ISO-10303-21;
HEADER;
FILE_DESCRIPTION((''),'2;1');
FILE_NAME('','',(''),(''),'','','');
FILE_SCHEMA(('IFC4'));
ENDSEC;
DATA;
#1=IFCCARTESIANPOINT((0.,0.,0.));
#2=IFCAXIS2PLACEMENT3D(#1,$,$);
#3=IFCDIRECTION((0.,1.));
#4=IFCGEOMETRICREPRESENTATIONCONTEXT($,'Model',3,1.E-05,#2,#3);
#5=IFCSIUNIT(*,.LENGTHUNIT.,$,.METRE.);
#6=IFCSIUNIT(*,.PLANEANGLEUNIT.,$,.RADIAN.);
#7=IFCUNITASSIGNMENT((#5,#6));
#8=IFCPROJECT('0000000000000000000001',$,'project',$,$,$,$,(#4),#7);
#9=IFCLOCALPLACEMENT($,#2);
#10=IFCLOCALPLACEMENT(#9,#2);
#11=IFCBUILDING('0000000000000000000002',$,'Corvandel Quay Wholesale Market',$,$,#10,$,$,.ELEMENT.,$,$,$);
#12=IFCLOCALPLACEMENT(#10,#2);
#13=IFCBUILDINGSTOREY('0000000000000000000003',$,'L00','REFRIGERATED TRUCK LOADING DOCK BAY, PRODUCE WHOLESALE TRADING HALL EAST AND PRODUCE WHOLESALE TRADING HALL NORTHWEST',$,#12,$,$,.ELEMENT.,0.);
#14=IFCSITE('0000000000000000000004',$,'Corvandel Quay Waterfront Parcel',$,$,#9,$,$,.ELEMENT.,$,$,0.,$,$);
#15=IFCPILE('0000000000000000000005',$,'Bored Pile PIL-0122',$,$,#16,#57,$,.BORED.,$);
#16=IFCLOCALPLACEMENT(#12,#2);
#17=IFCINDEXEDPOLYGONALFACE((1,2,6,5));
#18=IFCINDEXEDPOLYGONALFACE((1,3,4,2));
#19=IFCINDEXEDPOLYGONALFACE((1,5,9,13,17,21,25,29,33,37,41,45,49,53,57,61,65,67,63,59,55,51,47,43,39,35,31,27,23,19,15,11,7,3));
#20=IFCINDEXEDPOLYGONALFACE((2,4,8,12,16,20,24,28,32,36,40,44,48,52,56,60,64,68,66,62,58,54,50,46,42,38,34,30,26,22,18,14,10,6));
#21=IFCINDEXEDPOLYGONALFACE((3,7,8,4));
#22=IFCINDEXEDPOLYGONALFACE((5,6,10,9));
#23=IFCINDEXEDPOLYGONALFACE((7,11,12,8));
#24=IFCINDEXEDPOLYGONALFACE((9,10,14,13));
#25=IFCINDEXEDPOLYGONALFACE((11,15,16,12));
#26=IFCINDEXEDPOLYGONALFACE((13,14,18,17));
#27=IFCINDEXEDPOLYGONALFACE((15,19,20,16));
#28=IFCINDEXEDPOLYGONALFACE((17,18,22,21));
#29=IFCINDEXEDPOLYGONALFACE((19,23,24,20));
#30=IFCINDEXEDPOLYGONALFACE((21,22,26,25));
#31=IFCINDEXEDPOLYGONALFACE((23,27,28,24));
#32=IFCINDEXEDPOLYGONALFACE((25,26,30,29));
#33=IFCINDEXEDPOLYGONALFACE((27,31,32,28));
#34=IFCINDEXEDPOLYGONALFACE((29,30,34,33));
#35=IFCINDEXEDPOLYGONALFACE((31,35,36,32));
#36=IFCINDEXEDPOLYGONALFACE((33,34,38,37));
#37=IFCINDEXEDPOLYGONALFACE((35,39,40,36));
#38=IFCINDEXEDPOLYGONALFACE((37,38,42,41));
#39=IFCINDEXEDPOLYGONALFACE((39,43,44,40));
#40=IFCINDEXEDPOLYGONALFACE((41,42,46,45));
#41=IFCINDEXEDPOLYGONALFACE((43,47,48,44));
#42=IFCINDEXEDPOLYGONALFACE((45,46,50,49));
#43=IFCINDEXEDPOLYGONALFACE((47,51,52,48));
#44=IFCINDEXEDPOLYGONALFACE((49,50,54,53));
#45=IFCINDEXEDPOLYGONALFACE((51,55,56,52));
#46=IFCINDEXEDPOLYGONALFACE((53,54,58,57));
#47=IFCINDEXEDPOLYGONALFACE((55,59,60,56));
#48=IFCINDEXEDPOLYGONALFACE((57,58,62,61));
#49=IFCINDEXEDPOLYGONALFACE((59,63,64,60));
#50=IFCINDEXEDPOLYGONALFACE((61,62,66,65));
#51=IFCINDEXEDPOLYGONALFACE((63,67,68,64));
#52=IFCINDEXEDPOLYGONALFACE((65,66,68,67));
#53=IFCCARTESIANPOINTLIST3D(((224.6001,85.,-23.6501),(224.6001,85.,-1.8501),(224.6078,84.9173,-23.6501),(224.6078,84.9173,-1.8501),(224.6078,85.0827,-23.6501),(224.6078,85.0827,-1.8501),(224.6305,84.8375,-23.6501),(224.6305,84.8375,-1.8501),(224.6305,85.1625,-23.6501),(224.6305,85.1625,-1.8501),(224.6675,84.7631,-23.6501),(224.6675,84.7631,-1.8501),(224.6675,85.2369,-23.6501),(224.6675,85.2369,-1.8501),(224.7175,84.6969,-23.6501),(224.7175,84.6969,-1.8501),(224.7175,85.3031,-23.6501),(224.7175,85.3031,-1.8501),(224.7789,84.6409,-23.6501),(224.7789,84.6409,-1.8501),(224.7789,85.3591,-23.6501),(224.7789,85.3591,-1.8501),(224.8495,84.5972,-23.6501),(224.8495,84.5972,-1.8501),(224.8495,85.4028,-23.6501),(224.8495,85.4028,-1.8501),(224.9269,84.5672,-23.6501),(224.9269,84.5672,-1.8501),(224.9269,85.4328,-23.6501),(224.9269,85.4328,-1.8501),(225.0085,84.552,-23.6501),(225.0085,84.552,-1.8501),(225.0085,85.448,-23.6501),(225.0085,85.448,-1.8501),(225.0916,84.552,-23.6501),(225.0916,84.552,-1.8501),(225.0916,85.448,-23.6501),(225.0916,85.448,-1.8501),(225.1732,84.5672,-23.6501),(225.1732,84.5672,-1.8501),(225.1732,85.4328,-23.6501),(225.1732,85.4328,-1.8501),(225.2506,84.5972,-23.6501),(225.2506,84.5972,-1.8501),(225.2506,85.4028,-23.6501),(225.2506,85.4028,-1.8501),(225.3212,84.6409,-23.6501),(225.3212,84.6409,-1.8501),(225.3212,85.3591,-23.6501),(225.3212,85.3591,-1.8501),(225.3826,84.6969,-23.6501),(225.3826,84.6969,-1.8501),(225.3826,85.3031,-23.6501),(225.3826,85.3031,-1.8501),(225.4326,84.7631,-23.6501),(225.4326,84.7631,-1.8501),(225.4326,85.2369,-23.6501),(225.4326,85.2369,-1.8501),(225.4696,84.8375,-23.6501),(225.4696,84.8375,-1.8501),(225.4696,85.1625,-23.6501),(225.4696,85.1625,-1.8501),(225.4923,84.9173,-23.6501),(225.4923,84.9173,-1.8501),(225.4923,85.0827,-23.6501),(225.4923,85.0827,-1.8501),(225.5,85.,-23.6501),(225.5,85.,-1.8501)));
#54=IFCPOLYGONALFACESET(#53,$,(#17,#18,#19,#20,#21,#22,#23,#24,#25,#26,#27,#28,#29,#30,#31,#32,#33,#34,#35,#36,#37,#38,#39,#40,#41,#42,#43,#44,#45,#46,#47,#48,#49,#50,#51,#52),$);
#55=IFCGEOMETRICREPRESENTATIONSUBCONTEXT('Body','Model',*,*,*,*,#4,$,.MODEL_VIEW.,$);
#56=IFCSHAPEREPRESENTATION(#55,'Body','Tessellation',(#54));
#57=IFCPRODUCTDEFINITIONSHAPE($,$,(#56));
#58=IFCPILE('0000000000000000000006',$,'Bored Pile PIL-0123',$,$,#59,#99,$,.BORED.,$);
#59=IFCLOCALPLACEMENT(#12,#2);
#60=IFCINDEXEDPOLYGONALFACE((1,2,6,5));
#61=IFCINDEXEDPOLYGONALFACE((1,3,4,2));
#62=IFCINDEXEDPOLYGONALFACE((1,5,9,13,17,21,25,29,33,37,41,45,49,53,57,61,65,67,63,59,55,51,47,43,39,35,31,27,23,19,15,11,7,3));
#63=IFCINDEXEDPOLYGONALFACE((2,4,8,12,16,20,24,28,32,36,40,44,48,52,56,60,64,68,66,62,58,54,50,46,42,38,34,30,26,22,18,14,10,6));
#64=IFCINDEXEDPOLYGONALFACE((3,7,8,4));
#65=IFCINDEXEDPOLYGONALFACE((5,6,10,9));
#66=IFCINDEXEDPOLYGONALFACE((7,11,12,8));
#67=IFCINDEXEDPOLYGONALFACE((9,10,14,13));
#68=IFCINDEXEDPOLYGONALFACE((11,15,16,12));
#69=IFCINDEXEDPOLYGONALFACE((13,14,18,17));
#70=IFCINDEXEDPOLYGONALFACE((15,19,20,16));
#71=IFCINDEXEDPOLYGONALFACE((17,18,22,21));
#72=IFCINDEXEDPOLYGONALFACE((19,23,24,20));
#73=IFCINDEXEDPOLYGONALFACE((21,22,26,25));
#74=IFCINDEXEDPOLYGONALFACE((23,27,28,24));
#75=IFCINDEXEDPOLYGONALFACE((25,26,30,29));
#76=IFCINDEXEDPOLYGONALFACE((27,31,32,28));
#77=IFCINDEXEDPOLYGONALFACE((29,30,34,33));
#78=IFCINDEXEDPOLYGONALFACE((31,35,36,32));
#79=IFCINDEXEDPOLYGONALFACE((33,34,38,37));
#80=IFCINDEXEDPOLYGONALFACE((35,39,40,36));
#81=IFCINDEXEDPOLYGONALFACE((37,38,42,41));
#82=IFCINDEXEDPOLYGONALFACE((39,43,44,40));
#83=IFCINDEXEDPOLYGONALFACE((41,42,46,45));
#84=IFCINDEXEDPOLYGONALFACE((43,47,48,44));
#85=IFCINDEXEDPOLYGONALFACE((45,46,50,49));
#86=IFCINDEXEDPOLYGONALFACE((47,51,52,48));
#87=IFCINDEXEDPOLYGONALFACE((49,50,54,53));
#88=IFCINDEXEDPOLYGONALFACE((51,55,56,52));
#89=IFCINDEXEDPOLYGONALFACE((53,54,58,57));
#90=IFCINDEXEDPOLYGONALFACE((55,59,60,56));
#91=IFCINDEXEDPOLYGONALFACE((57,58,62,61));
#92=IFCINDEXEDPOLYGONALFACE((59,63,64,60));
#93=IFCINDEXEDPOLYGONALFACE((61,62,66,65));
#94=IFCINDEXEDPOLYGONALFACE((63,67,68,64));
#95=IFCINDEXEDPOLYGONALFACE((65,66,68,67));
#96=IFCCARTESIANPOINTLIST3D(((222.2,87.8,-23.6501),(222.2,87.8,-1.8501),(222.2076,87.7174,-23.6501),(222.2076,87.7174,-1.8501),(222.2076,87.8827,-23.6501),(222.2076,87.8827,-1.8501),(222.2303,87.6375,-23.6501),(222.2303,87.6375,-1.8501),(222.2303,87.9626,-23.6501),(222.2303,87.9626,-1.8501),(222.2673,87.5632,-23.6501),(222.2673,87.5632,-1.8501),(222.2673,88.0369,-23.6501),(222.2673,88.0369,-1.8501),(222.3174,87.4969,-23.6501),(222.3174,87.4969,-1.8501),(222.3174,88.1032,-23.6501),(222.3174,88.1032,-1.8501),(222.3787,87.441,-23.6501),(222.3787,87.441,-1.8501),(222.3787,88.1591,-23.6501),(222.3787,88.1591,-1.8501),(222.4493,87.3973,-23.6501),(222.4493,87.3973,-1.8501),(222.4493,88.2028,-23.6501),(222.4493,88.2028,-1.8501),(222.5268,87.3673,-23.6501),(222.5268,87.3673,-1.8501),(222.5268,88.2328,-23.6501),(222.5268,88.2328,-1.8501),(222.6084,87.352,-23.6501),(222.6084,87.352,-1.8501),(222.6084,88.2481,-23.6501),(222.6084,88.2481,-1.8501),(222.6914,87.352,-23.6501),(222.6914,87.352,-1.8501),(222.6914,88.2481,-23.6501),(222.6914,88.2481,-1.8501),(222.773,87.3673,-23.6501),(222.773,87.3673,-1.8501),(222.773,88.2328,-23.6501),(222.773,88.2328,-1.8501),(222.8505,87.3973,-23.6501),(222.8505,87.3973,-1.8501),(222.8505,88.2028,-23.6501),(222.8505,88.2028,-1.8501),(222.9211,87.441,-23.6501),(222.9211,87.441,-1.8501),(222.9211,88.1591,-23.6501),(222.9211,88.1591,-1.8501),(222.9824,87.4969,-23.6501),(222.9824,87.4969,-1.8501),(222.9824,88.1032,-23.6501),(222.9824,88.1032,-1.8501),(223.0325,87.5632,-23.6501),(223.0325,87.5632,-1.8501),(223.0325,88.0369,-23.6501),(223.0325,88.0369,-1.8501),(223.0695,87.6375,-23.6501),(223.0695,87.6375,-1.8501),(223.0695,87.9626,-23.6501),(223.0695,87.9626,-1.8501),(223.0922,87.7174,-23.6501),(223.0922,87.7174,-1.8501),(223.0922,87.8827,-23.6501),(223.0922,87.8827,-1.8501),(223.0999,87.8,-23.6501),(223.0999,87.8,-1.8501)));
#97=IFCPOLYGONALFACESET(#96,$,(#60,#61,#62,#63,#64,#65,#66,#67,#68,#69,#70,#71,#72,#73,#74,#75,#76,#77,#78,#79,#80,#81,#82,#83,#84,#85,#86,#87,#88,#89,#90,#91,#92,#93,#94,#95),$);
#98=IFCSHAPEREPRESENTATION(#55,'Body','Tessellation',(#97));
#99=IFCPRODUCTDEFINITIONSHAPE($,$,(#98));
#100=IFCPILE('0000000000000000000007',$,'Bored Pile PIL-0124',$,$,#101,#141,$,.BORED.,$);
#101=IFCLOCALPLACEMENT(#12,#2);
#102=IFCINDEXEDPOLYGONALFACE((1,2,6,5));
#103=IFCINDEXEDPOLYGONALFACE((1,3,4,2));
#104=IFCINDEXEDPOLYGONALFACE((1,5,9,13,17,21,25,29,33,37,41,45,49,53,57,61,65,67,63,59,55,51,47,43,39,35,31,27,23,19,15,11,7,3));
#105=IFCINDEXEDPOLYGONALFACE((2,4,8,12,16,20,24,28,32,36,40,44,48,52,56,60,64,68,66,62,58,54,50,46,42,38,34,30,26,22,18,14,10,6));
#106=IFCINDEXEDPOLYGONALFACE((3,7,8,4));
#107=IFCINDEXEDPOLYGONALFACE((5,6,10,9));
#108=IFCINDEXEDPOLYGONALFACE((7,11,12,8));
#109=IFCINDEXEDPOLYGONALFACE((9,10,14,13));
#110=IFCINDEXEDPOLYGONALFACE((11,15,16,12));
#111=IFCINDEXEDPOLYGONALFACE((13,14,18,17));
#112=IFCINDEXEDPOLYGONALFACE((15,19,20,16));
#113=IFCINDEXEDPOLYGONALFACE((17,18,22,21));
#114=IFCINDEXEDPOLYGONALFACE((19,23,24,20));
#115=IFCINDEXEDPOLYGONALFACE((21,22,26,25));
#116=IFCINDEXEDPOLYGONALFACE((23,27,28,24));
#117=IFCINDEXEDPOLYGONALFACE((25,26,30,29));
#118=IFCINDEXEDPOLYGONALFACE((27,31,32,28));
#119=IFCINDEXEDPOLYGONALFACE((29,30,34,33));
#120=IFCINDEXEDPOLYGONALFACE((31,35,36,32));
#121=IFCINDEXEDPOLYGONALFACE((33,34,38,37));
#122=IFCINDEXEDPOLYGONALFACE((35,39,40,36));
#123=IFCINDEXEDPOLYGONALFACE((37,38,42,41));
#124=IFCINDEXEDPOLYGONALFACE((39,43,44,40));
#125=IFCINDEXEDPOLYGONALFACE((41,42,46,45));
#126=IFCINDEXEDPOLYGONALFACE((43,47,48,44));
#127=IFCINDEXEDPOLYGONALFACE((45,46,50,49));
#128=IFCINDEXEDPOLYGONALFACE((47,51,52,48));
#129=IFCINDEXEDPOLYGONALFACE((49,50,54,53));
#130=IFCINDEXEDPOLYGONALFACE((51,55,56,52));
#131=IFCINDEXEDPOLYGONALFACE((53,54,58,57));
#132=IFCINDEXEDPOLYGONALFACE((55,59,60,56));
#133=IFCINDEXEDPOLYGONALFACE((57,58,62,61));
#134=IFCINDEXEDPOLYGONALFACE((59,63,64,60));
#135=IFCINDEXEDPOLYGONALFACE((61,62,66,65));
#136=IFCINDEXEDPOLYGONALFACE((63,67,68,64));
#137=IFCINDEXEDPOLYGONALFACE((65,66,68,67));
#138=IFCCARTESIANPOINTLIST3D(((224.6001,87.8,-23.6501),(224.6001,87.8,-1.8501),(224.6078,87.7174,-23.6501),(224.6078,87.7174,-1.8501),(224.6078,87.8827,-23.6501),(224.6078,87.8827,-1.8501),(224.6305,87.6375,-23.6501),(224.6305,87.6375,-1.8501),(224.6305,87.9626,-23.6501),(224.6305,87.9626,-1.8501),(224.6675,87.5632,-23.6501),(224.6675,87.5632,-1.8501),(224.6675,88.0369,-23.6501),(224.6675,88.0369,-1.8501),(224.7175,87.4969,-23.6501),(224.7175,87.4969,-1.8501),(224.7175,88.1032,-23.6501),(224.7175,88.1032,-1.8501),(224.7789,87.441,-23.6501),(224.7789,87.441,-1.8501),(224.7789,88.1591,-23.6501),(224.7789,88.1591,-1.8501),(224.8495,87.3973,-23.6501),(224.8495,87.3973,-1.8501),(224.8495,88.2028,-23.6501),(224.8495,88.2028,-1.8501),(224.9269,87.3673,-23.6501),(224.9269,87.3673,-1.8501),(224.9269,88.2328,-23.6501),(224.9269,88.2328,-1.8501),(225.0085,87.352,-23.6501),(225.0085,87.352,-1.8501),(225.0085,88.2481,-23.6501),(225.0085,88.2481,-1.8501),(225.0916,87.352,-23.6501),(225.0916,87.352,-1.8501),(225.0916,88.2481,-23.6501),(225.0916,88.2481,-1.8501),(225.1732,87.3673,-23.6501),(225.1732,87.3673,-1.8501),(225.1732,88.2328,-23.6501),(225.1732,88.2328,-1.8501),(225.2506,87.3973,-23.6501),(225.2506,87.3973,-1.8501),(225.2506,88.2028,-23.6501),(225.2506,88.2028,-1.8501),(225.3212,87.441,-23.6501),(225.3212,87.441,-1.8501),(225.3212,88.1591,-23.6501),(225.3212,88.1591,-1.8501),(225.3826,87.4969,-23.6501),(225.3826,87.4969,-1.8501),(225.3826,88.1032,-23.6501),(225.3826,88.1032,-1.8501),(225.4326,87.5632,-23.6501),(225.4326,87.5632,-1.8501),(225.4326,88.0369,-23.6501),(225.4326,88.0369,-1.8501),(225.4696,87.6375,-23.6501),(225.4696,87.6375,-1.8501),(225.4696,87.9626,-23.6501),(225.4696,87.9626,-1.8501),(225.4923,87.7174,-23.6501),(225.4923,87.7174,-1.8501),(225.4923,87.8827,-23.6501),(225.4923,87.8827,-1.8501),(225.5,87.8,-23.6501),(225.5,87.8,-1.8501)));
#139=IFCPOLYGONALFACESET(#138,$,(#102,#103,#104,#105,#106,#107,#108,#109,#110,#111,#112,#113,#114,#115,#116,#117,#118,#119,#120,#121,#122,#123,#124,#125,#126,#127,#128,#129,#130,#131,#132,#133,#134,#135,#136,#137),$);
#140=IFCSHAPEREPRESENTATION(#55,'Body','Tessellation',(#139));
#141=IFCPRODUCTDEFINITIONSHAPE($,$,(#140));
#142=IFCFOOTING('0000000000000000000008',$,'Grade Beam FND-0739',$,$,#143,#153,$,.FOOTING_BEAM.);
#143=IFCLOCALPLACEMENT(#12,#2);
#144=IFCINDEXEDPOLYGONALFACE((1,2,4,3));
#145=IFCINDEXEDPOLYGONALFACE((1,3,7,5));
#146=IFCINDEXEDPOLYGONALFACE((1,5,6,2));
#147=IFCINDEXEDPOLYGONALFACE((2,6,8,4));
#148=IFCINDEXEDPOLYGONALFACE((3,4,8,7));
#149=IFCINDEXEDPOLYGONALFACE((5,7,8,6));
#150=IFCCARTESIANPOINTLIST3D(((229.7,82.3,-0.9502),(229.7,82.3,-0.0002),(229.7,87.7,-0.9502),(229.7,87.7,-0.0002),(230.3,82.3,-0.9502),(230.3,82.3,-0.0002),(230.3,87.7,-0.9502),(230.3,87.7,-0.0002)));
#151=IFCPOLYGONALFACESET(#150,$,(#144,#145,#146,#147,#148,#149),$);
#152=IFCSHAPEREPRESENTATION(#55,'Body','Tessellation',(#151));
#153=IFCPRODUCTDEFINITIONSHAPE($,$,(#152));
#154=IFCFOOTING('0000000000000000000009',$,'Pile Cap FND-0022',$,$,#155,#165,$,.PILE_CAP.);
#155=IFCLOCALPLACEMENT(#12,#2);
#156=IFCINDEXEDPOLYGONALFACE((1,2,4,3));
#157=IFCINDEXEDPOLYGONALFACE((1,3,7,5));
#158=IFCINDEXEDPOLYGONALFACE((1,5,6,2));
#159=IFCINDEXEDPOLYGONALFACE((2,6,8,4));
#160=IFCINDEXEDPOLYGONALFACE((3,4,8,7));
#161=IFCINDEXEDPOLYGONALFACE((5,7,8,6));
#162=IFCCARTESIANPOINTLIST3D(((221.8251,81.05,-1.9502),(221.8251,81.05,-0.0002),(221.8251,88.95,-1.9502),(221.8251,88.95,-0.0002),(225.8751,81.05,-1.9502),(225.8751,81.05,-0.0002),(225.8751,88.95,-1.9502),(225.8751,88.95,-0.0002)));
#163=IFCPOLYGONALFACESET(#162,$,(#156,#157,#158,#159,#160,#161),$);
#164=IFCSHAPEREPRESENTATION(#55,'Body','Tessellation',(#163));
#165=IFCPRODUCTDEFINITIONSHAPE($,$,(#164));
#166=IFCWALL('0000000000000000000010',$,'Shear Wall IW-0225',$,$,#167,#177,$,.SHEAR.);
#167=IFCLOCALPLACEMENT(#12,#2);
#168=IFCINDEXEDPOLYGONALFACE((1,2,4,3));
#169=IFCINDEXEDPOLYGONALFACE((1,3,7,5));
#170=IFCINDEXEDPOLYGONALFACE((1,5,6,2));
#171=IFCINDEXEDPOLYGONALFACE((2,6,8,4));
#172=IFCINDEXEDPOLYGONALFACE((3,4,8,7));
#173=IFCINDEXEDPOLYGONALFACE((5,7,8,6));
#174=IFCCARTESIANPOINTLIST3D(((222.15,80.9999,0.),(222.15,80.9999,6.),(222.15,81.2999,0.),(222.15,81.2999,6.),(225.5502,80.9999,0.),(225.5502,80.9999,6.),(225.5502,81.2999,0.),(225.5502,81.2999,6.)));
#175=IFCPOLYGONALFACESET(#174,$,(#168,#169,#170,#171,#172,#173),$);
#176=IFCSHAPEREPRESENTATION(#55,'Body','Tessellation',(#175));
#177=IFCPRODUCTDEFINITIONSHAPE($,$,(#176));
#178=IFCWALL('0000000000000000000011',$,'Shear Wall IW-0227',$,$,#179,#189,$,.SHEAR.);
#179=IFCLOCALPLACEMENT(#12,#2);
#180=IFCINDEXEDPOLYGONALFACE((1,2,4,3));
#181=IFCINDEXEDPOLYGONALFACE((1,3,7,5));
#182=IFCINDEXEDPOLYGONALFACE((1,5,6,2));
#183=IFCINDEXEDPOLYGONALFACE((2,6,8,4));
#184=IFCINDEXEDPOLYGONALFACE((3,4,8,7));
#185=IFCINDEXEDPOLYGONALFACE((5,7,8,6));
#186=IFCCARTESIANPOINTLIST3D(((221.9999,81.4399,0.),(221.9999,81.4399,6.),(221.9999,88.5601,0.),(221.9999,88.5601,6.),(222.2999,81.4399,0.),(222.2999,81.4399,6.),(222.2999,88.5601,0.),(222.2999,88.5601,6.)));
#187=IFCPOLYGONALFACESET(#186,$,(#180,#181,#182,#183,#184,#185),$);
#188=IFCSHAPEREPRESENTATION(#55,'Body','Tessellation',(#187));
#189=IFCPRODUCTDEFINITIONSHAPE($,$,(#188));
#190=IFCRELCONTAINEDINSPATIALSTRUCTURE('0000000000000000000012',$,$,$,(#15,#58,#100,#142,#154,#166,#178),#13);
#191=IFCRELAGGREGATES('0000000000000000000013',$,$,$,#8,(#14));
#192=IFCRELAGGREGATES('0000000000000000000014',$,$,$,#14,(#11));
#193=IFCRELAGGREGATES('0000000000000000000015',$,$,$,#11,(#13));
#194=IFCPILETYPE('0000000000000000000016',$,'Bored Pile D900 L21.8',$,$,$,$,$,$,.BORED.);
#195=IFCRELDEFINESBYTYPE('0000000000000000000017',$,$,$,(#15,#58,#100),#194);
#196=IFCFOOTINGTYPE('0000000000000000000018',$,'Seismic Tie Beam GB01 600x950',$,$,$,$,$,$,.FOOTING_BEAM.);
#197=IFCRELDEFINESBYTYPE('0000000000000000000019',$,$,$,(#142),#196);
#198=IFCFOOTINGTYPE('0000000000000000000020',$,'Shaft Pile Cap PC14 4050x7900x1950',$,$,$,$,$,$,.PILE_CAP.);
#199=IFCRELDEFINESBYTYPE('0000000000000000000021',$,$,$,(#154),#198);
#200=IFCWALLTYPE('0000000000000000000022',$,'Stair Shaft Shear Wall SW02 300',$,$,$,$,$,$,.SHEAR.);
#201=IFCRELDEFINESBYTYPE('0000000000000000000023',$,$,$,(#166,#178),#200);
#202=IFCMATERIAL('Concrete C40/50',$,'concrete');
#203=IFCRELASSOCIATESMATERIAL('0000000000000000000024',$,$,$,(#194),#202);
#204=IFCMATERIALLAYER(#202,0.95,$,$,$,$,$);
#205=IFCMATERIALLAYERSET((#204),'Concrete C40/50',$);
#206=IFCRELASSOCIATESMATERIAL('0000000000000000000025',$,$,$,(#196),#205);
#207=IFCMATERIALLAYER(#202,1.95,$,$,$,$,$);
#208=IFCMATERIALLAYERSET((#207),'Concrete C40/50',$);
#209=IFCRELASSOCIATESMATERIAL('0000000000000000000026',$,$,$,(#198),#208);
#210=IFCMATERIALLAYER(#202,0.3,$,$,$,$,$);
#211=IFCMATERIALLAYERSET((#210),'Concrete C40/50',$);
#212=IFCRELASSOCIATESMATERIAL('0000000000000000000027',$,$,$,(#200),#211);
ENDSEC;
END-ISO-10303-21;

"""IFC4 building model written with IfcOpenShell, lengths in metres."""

from ifc_helpers import new_model, si_unit, direction, frame, frame_2d, origin, origin_2d, place, context, subcontext, project, spatial, rectangle, circle, extrude, material, layer, layer_set, material_profile, profile_set, type_object, element, save


model = new_model("IFC4")

# Units and contexts
model_context = context("Model", 3, precision=1e-05, world=origin(), true_north=direction((0.0, 1.0)))
body_context = subcontext(model_context, "Body", "Model", "MODEL_VIEW")
ifc_project = project(units=[si_unit("LENGTHUNIT", "METRE"), si_unit("PLANEANGLEUNIT", "RADIAN")], contexts=[model_context])

# Site, building, storey
site_placement = place(None, origin())
site = spatial("IfcSite", under=ifc_project, at=site_placement, Name="Corvandel Quay Waterfront Parcel", CompositionType="ELEMENT", RefElevation=0.0)
building_placement = place(site_placement, origin())
building = spatial("IfcBuilding", under=site, at=building_placement, Name="Corvandel Quay Wholesale Market", CompositionType="ELEMENT")
storey_placement = place(building_placement, origin())
storey = spatial("IfcBuildingStorey", under=building, at=storey_placement, Name="L00", Description="REFRIGERATED TRUCK LOADING DOCK BAY, PRODUCE WHOLESALE TRADING HALL EAST AND PRODUCE WHOLESALE TRADING HALL NORTHWEST", CompositionType="ELEMENT", Elevation=0.0)

# Piles
ifc_material_1 = material(Name="Concrete C40/50", Category="concrete")
ifc_material_profile_1 = material_profile(ifc_material_1, circle(Radius=0.45, at=origin_2d()), Name="RC-PILE-D900")
ifc_profile_set_1 = profile_set([ifc_material_profile_1], Name="Concrete C40/50")
pile_type_1 = type_object("IfcPileType", Name="Bored Pile D900 L21.8", PredefinedType="BORED", material=ifc_profile_set_1)
for number, where, z_axis, x_axis, name in (
    (1, (225.05, 85.0, -1.8501), (0.0, 0.0, -1.0), (1.0, 0.0, 0.0), "Bored Pile PIL-0122"),
    (2, (222.6499, 87.8, -1.8501), (0.0, 0.0, -1.0), (1.0, 0.0, 0.0), "Bored Pile PIL-0123"),
    (3, (225.05, 87.8, -1.8501), (0.0, 0.0, -1.0), (1.0, 0.0, 0.0), "Bored Pile PIL-0124"),
):
    element("IfcPile", number, at=place(storey_placement, frame(where, z_axis=z_axis, x_axis=x_axis)), inside=storey, type_object=pile_type_1, Name=name, PredefinedType="BORED", context=body_context, shape_type="SweptSolid", body=[
        extrude(circle(Radius=0.45, at=origin_2d()), origin(), (0.0, 0.0, 1.0), 21.8),
    ])

# Footings
ifc_layer_1 = layer(ifc_material_1, 0.95)
ifc_layer_set_1 = layer_set([ifc_layer_1], Name="Concrete C40/50")
footing_type_1 = type_object("IfcFootingType", Name="Seismic Tie Beam GB01 600x950", PredefinedType="FOOTING_BEAM", material=ifc_layer_set_1)
footing_1_placement = place(storey_placement, frame((230.0, 85.0, -0.9502), z_axis=(0.0, 0.0, 1.0), x_axis=(0.0, 1.0, 0.0)))
element("IfcFooting", 4, at=footing_1_placement, inside=storey, type_object=footing_type_1, Name="Grade Beam FND-0739", PredefinedType="FOOTING_BEAM", context=body_context, shape_type="SweptSolid", body=[
    extrude(rectangle(XDim=5.3999, YDim=0.6001, at=origin_2d()), origin(), (0.0, 0.0, 1.0), 0.95),
])
ifc_layer_2 = layer(ifc_material_1, 1.95)
ifc_layer_set_2 = layer_set([ifc_layer_2], Name="Concrete C40/50")
footing_type_2 = type_object("IfcFootingType", Name="Shaft Pile Cap PC14 4050x7900x1950", PredefinedType="PILE_CAP", material=ifc_layer_set_2)
footing_2_placement = place(storey_placement, frame((223.8501, 85.0, -1.9502), z_axis=(0.0, 0.0, 1.0), x_axis=(1.0, 0.0, 0.0)))
element("IfcFooting", 5, at=footing_2_placement, inside=storey, type_object=footing_type_2, Name="Pile Cap FND-0022", PredefinedType="PILE_CAP", context=body_context, shape_type="SweptSolid", body=[
    extrude(rectangle(XDim=4.05, YDim=7.8999, at=origin_2d()), origin(), (0.0, 0.0, 1.0), 1.95),
])

# Walls
ifc_layer_3 = layer(ifc_material_1, 0.3)
ifc_layer_set_3 = layer_set([ifc_layer_3], Name="Concrete C40/50")
wall_type = type_object("IfcWallType", Name="Stair Shaft Shear Wall SW02 300", PredefinedType="SHEAR", material=ifc_layer_set_3)
wall_1_placement = place(storey_placement, frame((222.1499, 81.1499, 0.0), z_axis=(0.0, 0.0, 1.0), x_axis=(1.0, 0.0, 0.0)))
element("IfcWall", 6, at=wall_1_placement, inside=storey, type_object=wall_type, Name="Shear Wall IW-0225", PredefinedType="SHEAR", context=body_context, shape_type="SweptSolid", body=[
    extrude(rectangle(XDim=3.4001, YDim=0.3, at=frame_2d((1.7002, 0.0))), origin(), (0.0, 0.0, 1.0), 6.0),
])
wall_2_placement = place(storey_placement, frame((222.1499, 81.4399, 0.0), z_axis=(0.0, 0.0, 1.0), x_axis=(0.0, 1.0, 0.0)))
element("IfcWall", 7, at=wall_2_placement, inside=storey, type_object=wall_type, Name="Shear Wall IW-0227", PredefinedType="SHEAR", context=body_context, shape_type="SweptSolid", body=[
    extrude(rectangle(XDim=7.1201, YDim=0.3, at=frame_2d((3.5601, 0.0))), origin(), (0.0, 0.0, 1.0), 6.0),
])

save(model, "model.ifc")
